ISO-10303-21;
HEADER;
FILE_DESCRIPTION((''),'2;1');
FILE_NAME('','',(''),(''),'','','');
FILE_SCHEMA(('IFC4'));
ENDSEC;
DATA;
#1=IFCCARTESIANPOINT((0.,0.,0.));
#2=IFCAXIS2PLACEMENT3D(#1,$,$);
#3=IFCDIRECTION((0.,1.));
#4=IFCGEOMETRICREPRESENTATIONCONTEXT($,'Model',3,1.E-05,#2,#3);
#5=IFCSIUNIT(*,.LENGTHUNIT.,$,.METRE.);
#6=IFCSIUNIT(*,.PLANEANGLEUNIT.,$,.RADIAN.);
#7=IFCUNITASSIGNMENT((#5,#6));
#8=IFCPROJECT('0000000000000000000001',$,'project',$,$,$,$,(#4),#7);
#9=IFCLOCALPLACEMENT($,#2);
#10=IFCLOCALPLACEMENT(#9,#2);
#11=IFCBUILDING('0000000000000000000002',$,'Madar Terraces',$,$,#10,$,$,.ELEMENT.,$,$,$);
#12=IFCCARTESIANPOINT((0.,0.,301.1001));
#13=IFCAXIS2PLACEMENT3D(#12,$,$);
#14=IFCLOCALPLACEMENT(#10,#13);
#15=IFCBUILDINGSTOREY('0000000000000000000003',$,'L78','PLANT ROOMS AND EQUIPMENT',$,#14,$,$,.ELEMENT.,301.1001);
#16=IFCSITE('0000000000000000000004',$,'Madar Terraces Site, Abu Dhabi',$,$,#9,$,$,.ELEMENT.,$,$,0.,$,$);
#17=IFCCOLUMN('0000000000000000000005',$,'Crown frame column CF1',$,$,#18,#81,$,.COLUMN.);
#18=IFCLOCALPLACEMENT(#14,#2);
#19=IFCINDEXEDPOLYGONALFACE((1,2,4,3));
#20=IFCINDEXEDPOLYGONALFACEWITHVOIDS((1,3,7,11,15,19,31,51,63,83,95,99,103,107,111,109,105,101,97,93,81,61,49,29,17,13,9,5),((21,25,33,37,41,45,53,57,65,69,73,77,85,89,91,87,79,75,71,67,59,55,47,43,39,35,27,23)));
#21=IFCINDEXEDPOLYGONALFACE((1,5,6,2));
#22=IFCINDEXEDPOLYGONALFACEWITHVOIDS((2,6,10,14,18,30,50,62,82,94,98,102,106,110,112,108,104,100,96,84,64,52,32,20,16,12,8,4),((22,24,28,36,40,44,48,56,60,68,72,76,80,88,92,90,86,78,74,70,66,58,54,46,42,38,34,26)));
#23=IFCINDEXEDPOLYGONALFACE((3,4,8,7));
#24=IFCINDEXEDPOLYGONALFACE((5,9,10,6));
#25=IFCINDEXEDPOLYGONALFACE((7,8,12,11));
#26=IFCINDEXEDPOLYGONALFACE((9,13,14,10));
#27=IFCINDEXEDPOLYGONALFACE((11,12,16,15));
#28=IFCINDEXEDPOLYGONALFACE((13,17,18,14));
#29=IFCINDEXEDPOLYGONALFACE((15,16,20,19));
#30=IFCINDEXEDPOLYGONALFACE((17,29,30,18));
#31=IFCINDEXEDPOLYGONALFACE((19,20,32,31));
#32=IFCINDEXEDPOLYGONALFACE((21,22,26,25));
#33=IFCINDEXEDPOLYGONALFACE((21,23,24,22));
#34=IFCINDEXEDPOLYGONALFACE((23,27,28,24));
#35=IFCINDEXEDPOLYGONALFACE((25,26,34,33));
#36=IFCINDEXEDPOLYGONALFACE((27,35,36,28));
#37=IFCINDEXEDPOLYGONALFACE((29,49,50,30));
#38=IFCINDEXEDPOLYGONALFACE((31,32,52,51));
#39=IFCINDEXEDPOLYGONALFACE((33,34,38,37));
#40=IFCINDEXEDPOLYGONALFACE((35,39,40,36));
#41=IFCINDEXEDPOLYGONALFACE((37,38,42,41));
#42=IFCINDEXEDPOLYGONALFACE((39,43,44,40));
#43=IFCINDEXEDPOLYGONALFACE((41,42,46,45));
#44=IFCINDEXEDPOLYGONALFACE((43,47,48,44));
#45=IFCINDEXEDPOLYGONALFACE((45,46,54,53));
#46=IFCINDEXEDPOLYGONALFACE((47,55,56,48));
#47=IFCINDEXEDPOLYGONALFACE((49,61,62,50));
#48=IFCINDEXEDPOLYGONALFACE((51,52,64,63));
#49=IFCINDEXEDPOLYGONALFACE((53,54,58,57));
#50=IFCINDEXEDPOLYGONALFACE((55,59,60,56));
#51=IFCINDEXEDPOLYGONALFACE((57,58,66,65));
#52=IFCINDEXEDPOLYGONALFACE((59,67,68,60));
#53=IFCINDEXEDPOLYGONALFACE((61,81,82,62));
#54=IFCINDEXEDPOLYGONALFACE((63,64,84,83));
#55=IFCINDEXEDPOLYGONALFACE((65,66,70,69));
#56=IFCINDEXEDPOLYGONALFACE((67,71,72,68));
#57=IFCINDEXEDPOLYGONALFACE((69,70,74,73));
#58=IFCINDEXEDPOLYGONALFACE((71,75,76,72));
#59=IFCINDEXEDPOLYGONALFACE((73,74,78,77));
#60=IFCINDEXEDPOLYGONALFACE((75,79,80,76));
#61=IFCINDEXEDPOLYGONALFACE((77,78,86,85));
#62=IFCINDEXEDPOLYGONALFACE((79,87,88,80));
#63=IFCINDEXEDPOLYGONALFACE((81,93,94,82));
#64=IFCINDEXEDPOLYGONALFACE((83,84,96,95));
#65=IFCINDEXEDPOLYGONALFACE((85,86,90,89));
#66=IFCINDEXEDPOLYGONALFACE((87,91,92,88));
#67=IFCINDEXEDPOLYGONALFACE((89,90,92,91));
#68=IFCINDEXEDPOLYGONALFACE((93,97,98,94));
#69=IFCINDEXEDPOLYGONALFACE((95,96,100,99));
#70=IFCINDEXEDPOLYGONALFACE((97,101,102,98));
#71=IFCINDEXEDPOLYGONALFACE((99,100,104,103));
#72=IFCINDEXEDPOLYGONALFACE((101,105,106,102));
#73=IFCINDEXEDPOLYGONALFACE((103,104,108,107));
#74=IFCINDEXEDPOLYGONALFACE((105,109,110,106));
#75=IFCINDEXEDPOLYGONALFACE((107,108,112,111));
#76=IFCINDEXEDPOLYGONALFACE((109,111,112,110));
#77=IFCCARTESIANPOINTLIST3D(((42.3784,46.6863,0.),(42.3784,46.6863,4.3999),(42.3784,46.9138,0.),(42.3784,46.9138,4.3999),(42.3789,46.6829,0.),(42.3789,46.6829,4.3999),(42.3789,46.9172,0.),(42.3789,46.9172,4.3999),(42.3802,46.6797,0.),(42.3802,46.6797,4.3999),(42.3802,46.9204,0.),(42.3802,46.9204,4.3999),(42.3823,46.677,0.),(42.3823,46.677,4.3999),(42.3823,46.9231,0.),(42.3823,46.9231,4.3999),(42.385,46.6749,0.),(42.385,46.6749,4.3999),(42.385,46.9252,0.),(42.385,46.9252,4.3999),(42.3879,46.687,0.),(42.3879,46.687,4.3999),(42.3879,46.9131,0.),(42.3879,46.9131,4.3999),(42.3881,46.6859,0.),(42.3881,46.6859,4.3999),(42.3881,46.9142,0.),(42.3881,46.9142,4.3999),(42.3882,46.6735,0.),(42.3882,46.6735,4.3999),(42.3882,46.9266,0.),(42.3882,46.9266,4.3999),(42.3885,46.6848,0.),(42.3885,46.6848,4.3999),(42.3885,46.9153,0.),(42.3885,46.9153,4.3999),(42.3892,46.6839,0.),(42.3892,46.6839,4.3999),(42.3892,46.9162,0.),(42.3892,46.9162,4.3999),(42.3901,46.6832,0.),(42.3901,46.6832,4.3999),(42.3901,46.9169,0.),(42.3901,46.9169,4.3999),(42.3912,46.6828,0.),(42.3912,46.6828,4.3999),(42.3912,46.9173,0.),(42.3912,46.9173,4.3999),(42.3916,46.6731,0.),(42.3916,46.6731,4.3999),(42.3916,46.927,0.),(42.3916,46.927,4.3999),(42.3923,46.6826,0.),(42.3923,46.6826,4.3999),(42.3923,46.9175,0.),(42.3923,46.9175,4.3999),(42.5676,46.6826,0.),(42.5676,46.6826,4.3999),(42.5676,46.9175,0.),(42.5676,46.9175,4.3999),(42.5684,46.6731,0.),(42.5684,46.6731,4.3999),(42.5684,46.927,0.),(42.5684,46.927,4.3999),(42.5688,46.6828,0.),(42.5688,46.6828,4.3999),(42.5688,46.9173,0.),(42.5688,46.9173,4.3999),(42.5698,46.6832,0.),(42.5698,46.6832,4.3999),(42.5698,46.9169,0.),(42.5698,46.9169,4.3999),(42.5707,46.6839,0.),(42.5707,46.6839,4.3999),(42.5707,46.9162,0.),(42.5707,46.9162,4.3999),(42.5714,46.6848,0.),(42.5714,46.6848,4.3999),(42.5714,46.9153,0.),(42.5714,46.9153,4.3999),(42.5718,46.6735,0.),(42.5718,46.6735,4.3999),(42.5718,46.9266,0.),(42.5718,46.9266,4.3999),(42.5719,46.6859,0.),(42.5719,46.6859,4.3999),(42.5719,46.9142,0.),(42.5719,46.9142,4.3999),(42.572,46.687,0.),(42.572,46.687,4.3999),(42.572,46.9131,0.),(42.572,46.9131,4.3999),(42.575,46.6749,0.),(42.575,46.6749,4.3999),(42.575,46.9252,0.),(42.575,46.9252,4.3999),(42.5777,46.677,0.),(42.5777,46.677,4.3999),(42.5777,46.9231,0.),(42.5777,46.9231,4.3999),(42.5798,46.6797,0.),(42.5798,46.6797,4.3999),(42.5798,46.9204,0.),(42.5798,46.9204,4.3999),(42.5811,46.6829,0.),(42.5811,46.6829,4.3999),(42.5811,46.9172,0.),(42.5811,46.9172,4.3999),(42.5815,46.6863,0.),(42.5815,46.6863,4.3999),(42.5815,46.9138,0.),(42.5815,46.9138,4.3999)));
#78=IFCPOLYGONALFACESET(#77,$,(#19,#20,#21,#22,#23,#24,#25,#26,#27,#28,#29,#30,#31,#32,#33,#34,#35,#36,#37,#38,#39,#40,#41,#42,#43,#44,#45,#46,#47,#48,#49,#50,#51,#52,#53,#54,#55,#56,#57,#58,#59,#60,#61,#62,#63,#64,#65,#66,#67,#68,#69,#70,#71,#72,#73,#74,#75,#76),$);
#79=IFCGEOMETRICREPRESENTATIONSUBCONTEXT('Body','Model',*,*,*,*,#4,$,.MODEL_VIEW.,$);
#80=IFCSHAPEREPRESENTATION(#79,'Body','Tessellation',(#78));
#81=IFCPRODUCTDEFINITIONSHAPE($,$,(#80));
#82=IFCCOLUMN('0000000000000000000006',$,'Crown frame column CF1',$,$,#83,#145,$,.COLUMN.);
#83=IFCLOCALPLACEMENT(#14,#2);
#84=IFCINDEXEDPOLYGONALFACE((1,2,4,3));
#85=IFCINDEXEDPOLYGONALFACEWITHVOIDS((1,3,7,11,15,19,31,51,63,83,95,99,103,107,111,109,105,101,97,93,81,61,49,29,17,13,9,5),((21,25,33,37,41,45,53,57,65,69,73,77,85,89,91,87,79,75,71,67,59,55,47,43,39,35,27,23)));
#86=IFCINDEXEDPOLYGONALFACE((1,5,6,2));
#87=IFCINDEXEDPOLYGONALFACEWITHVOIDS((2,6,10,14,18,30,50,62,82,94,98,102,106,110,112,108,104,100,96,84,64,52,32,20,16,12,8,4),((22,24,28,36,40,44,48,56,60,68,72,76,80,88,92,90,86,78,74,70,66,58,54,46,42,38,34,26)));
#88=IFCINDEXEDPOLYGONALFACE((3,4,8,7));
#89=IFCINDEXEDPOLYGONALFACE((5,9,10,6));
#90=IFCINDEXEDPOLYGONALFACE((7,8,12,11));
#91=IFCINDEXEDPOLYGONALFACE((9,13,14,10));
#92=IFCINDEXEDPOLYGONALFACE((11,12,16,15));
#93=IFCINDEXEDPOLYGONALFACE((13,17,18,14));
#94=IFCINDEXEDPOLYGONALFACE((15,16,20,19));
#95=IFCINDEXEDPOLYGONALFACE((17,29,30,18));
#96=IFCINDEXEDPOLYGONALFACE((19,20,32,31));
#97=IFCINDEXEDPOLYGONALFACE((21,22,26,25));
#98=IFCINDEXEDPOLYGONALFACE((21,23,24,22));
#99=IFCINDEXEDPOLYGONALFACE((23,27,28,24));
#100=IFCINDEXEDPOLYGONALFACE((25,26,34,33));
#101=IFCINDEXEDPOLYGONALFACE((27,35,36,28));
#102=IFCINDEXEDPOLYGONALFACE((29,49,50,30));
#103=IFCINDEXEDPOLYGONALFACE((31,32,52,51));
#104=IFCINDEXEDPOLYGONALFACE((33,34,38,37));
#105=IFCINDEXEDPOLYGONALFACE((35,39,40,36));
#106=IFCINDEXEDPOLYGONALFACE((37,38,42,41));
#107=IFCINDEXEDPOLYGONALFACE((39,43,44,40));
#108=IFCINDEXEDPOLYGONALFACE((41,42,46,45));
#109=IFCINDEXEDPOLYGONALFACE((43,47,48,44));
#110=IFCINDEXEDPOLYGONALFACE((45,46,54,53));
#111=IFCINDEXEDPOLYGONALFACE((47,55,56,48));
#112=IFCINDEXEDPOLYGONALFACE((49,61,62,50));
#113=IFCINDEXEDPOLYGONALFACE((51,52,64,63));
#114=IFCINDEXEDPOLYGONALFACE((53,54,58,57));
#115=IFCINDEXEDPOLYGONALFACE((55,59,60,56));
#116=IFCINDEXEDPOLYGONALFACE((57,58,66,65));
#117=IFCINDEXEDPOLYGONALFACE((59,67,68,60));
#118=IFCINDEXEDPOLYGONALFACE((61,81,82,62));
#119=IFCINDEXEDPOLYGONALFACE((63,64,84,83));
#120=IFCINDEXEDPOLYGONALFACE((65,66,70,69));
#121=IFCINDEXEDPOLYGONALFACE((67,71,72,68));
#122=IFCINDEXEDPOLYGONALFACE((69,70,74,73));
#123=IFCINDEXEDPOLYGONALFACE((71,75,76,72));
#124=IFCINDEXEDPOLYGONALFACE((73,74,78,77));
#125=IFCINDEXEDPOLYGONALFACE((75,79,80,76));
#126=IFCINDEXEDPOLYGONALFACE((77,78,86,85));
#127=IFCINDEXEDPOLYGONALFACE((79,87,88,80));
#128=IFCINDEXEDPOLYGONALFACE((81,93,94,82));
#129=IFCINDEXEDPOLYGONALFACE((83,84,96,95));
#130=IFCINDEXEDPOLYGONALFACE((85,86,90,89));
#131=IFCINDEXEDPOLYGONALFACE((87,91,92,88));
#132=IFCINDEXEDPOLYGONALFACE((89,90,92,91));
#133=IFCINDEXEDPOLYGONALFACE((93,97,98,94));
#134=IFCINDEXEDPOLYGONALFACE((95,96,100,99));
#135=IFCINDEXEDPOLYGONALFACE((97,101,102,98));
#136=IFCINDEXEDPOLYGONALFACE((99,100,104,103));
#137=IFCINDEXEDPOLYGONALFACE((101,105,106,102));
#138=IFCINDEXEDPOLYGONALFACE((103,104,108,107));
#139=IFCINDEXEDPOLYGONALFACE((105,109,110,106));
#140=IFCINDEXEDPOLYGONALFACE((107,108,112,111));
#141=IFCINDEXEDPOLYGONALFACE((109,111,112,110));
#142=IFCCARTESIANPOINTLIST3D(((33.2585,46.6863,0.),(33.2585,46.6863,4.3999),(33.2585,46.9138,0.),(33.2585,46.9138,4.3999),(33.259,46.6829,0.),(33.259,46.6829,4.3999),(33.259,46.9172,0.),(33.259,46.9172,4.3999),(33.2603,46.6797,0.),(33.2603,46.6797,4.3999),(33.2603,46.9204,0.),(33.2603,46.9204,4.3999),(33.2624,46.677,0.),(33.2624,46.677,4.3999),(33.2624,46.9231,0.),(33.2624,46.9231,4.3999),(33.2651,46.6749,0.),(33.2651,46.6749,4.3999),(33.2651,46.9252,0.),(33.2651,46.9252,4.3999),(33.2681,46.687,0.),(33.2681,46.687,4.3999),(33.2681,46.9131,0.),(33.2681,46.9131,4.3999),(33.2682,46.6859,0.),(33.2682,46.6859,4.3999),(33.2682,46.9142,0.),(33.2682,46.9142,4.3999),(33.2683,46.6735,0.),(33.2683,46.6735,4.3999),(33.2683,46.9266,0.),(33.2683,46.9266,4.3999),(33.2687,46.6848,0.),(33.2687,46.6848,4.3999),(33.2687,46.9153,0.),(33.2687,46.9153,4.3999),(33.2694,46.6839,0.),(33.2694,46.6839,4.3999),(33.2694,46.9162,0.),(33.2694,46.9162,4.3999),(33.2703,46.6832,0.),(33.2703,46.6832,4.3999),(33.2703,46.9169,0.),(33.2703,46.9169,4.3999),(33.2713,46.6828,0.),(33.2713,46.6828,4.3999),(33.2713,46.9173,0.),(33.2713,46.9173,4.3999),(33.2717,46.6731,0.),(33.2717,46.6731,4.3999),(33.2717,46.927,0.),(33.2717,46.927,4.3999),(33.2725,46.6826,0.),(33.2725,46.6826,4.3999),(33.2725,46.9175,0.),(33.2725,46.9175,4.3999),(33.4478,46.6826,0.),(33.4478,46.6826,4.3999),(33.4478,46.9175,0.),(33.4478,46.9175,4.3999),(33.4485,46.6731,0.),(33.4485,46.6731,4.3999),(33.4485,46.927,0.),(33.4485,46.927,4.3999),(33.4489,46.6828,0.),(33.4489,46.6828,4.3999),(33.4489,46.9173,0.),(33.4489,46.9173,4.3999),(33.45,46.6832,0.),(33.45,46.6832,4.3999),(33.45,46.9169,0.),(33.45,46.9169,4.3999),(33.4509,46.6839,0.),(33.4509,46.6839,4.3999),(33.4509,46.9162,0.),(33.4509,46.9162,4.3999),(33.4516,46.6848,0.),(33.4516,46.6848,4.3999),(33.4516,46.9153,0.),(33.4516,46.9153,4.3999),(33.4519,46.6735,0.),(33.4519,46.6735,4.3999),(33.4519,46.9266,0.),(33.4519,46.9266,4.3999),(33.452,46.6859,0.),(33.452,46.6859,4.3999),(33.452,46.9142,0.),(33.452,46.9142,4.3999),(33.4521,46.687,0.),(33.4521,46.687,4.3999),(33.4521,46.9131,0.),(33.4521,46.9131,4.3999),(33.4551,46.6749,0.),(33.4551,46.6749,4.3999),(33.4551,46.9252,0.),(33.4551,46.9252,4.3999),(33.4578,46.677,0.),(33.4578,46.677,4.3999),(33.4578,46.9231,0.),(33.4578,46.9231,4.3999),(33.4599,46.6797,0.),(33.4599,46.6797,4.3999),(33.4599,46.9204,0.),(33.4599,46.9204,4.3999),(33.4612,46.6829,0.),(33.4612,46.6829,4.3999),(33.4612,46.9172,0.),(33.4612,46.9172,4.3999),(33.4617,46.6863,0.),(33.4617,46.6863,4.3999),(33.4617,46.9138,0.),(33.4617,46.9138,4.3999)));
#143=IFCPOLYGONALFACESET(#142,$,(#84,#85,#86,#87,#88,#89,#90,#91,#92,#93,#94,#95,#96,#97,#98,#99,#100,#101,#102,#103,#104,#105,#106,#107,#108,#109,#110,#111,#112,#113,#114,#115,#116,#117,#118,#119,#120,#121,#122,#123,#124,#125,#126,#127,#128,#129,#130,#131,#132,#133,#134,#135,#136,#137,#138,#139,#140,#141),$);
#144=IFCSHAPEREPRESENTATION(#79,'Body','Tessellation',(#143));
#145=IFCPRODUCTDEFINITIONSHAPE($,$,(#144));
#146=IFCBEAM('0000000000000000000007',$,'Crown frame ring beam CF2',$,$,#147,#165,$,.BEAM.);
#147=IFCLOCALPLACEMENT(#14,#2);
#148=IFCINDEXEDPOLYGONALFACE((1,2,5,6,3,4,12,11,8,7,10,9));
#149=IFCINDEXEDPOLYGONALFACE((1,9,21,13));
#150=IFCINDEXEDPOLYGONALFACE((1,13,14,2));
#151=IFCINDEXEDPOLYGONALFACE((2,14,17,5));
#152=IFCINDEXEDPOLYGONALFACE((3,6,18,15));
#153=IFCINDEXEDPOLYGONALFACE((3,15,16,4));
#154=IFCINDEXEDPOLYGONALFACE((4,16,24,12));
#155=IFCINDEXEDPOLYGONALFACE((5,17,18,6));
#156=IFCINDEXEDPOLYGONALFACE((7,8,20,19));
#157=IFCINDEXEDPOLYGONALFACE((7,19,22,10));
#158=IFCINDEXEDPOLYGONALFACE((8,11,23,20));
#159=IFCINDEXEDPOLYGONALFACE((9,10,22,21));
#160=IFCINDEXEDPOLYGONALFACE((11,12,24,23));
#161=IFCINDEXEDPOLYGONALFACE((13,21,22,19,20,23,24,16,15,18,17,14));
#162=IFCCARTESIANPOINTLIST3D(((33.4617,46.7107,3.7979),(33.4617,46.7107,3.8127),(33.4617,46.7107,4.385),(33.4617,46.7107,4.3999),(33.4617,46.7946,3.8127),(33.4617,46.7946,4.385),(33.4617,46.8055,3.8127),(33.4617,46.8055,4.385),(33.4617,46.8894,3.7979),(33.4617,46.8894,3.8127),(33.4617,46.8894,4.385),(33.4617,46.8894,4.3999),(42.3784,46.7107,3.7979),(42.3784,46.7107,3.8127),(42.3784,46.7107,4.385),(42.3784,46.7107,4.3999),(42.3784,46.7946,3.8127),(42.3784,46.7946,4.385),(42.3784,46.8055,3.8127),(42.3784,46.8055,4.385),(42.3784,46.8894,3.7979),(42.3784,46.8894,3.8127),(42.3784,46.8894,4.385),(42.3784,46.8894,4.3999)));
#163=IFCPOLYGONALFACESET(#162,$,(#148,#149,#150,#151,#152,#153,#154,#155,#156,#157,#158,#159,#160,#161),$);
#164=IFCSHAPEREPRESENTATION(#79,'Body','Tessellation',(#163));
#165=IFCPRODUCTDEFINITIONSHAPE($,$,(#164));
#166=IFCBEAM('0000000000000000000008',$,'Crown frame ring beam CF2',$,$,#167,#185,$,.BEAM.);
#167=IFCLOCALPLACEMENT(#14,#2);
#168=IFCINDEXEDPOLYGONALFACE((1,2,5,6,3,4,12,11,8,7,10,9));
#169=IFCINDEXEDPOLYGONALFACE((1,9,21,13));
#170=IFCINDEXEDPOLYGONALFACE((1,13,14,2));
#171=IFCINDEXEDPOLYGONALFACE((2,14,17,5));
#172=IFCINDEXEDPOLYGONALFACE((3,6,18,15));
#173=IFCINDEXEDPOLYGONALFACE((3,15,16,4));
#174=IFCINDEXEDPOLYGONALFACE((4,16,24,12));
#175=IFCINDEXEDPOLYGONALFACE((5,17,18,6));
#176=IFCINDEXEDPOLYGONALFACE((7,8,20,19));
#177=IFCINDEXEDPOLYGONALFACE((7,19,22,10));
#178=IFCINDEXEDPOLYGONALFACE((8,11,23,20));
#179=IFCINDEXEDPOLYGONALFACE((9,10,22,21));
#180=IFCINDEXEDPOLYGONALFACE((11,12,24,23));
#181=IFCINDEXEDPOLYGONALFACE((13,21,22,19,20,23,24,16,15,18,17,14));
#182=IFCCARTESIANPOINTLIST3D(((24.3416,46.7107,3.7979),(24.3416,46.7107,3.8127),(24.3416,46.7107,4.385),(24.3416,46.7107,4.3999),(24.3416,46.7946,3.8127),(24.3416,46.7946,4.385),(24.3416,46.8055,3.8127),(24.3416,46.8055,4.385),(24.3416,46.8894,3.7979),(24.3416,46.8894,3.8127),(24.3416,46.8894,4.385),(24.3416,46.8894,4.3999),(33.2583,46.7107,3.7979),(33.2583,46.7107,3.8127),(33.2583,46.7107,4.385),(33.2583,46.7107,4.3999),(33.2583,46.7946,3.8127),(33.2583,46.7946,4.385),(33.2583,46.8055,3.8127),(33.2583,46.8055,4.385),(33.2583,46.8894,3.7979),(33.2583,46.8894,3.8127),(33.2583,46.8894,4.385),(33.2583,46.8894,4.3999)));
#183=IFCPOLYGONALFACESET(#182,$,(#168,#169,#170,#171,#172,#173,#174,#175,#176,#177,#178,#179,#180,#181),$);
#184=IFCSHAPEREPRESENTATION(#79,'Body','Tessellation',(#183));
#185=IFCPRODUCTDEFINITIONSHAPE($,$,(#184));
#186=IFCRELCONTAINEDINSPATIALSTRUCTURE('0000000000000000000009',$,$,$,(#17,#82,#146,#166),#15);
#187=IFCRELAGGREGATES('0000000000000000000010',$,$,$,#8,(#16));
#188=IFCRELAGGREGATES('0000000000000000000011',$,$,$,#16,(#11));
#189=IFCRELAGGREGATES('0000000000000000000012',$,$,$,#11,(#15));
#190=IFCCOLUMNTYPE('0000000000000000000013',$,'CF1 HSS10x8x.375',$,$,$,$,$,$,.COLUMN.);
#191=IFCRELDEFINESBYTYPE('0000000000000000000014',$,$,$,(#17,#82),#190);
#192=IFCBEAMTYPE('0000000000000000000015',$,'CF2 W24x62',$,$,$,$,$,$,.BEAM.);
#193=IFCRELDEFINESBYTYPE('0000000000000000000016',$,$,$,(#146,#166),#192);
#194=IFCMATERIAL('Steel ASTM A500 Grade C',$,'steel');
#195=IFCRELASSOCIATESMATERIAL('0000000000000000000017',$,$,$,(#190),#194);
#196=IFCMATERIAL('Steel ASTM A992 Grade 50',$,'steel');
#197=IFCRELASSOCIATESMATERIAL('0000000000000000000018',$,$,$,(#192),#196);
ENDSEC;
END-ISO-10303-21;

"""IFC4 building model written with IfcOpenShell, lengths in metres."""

from ifc_helpers import new_model, si_unit, direction, frame, origin, origin_2d, place, context, subcontext, project, spatial, hollow_rectangle, i_section, extrude, material, material_profile, profile_set, type_object, element, save


model = new_model("IFC4")

# Units and contexts
model_context = context("Model", 3, precision=1e-05, world=origin(), true_north=direction((0.0, 1.0)))
body_context = subcontext(model_context, "Body", "Model", "MODEL_VIEW")
ifc_project = project(units=[si_unit("LENGTHUNIT", "METRE"), si_unit("PLANEANGLEUNIT", "RADIAN")], contexts=[model_context])

# Site, building, storey
site_placement = place(None, origin())
site = spatial("IfcSite", under=ifc_project, at=site_placement, Name="Madar Terraces Site, Abu Dhabi", CompositionType="ELEMENT", RefElevation=0.0)
building_placement = place(site_placement, origin())
building = spatial("IfcBuilding", under=site, at=building_placement, Name="Madar Terraces", CompositionType="ELEMENT")
storey_placement = place(building_placement, frame((0.0, 0.0, 301.1001)))
storey = spatial("IfcBuildingStorey", under=building, at=storey_placement, Name="L78", Description="PLANT ROOMS AND EQUIPMENT", CompositionType="ELEMENT", Elevation=301.1001)

# Columns
ifc_material_1 = material(Name="Steel ASTM A500 Grade C", Category="steel")
ifc_material_profile_1 = material_profile(ifc_material_1, hollow_rectangle(XDim=0.2031, YDim=0.2539, WallThickness=0.0095, InnerFilletRadius=0.0044, OuterFilletRadius=0.0132, at=origin_2d()), Name="HSS10x8x.375")
ifc_profile_set_1 = profile_set([ifc_material_profile_1], Name="Steel ASTM A500 Grade C")
column_type = type_object("IfcColumnType", Name="CF1 HSS10x8x.375", PredefinedType="COLUMN", material=ifc_profile_set_1)
for number, where, z_axis, x_axis, name in (
    (1, (42.48, 46.8, 0.0), (0.0, 0.0, 1.0), (1.0, 0.0, 0.0), "Crown frame column CF1"),
    (2, (33.3601, 46.8, 0.0), (0.0, 0.0, 1.0), (1.0, 0.0, 0.0), "Crown frame column CF1"),
):
    element("IfcColumn", number, at=place(storey_placement, frame(where, z_axis=z_axis, x_axis=x_axis)), inside=storey, type_object=column_type, Name=name, PredefinedType="COLUMN", context=body_context, shape_type="SweptSolid", body=[
        extrude(hollow_rectangle(XDim=0.2031, YDim=0.2539, WallThickness=0.0095, InnerFilletRadius=0.0044, OuterFilletRadius=0.0132, at=origin_2d()), origin(), (0.0, 0.0, 1.0), 4.3999),
    ])

# Beams
ifc_material_2 = material(Name="Steel ASTM A992 Grade 50", Category="steel")
ifc_material_profile_2 = material_profile(ifc_material_2, i_section(OverallWidth=0.1787, OverallDepth=0.6021, WebThickness=0.011, FlangeThickness=0.0149, at=origin_2d()), Name="W24x62")
ifc_profile_set_2 = profile_set([ifc_material_profile_2], Name="Steel ASTM A992 Grade 50")
beam_type = type_object("IfcBeamType", Name="CF2 W24x62", PredefinedType="BEAM", material=ifc_profile_set_2)
for number, where, z_axis, x_axis, name in (
    (3, (42.3784, 46.8, 4.0989), (-1.0, 0.0, 0.0), (0.0, -1.0, 0.0), "Crown frame ring beam CF2"),
    (4, (33.2583, 46.8, 4.0989), (-1.0, 0.0, 0.0), (0.0, -1.0, 0.0), "Crown frame ring beam CF2"),
):
    element("IfcBeam", number, at=place(storey_placement, frame(where, z_axis=z_axis, x_axis=x_axis)), inside=storey, type_object=beam_type, Name=name, PredefinedType="BEAM", context=body_context, shape_type="SweptSolid", body=[
        extrude(i_section(OverallWidth=0.1787, OverallDepth=0.6021, WebThickness=0.011, FlangeThickness=0.0149, at=origin_2d()), origin(), (0.0, 0.0, 1.0), 8.9167),
    ])

save(model, "model.ifc")
